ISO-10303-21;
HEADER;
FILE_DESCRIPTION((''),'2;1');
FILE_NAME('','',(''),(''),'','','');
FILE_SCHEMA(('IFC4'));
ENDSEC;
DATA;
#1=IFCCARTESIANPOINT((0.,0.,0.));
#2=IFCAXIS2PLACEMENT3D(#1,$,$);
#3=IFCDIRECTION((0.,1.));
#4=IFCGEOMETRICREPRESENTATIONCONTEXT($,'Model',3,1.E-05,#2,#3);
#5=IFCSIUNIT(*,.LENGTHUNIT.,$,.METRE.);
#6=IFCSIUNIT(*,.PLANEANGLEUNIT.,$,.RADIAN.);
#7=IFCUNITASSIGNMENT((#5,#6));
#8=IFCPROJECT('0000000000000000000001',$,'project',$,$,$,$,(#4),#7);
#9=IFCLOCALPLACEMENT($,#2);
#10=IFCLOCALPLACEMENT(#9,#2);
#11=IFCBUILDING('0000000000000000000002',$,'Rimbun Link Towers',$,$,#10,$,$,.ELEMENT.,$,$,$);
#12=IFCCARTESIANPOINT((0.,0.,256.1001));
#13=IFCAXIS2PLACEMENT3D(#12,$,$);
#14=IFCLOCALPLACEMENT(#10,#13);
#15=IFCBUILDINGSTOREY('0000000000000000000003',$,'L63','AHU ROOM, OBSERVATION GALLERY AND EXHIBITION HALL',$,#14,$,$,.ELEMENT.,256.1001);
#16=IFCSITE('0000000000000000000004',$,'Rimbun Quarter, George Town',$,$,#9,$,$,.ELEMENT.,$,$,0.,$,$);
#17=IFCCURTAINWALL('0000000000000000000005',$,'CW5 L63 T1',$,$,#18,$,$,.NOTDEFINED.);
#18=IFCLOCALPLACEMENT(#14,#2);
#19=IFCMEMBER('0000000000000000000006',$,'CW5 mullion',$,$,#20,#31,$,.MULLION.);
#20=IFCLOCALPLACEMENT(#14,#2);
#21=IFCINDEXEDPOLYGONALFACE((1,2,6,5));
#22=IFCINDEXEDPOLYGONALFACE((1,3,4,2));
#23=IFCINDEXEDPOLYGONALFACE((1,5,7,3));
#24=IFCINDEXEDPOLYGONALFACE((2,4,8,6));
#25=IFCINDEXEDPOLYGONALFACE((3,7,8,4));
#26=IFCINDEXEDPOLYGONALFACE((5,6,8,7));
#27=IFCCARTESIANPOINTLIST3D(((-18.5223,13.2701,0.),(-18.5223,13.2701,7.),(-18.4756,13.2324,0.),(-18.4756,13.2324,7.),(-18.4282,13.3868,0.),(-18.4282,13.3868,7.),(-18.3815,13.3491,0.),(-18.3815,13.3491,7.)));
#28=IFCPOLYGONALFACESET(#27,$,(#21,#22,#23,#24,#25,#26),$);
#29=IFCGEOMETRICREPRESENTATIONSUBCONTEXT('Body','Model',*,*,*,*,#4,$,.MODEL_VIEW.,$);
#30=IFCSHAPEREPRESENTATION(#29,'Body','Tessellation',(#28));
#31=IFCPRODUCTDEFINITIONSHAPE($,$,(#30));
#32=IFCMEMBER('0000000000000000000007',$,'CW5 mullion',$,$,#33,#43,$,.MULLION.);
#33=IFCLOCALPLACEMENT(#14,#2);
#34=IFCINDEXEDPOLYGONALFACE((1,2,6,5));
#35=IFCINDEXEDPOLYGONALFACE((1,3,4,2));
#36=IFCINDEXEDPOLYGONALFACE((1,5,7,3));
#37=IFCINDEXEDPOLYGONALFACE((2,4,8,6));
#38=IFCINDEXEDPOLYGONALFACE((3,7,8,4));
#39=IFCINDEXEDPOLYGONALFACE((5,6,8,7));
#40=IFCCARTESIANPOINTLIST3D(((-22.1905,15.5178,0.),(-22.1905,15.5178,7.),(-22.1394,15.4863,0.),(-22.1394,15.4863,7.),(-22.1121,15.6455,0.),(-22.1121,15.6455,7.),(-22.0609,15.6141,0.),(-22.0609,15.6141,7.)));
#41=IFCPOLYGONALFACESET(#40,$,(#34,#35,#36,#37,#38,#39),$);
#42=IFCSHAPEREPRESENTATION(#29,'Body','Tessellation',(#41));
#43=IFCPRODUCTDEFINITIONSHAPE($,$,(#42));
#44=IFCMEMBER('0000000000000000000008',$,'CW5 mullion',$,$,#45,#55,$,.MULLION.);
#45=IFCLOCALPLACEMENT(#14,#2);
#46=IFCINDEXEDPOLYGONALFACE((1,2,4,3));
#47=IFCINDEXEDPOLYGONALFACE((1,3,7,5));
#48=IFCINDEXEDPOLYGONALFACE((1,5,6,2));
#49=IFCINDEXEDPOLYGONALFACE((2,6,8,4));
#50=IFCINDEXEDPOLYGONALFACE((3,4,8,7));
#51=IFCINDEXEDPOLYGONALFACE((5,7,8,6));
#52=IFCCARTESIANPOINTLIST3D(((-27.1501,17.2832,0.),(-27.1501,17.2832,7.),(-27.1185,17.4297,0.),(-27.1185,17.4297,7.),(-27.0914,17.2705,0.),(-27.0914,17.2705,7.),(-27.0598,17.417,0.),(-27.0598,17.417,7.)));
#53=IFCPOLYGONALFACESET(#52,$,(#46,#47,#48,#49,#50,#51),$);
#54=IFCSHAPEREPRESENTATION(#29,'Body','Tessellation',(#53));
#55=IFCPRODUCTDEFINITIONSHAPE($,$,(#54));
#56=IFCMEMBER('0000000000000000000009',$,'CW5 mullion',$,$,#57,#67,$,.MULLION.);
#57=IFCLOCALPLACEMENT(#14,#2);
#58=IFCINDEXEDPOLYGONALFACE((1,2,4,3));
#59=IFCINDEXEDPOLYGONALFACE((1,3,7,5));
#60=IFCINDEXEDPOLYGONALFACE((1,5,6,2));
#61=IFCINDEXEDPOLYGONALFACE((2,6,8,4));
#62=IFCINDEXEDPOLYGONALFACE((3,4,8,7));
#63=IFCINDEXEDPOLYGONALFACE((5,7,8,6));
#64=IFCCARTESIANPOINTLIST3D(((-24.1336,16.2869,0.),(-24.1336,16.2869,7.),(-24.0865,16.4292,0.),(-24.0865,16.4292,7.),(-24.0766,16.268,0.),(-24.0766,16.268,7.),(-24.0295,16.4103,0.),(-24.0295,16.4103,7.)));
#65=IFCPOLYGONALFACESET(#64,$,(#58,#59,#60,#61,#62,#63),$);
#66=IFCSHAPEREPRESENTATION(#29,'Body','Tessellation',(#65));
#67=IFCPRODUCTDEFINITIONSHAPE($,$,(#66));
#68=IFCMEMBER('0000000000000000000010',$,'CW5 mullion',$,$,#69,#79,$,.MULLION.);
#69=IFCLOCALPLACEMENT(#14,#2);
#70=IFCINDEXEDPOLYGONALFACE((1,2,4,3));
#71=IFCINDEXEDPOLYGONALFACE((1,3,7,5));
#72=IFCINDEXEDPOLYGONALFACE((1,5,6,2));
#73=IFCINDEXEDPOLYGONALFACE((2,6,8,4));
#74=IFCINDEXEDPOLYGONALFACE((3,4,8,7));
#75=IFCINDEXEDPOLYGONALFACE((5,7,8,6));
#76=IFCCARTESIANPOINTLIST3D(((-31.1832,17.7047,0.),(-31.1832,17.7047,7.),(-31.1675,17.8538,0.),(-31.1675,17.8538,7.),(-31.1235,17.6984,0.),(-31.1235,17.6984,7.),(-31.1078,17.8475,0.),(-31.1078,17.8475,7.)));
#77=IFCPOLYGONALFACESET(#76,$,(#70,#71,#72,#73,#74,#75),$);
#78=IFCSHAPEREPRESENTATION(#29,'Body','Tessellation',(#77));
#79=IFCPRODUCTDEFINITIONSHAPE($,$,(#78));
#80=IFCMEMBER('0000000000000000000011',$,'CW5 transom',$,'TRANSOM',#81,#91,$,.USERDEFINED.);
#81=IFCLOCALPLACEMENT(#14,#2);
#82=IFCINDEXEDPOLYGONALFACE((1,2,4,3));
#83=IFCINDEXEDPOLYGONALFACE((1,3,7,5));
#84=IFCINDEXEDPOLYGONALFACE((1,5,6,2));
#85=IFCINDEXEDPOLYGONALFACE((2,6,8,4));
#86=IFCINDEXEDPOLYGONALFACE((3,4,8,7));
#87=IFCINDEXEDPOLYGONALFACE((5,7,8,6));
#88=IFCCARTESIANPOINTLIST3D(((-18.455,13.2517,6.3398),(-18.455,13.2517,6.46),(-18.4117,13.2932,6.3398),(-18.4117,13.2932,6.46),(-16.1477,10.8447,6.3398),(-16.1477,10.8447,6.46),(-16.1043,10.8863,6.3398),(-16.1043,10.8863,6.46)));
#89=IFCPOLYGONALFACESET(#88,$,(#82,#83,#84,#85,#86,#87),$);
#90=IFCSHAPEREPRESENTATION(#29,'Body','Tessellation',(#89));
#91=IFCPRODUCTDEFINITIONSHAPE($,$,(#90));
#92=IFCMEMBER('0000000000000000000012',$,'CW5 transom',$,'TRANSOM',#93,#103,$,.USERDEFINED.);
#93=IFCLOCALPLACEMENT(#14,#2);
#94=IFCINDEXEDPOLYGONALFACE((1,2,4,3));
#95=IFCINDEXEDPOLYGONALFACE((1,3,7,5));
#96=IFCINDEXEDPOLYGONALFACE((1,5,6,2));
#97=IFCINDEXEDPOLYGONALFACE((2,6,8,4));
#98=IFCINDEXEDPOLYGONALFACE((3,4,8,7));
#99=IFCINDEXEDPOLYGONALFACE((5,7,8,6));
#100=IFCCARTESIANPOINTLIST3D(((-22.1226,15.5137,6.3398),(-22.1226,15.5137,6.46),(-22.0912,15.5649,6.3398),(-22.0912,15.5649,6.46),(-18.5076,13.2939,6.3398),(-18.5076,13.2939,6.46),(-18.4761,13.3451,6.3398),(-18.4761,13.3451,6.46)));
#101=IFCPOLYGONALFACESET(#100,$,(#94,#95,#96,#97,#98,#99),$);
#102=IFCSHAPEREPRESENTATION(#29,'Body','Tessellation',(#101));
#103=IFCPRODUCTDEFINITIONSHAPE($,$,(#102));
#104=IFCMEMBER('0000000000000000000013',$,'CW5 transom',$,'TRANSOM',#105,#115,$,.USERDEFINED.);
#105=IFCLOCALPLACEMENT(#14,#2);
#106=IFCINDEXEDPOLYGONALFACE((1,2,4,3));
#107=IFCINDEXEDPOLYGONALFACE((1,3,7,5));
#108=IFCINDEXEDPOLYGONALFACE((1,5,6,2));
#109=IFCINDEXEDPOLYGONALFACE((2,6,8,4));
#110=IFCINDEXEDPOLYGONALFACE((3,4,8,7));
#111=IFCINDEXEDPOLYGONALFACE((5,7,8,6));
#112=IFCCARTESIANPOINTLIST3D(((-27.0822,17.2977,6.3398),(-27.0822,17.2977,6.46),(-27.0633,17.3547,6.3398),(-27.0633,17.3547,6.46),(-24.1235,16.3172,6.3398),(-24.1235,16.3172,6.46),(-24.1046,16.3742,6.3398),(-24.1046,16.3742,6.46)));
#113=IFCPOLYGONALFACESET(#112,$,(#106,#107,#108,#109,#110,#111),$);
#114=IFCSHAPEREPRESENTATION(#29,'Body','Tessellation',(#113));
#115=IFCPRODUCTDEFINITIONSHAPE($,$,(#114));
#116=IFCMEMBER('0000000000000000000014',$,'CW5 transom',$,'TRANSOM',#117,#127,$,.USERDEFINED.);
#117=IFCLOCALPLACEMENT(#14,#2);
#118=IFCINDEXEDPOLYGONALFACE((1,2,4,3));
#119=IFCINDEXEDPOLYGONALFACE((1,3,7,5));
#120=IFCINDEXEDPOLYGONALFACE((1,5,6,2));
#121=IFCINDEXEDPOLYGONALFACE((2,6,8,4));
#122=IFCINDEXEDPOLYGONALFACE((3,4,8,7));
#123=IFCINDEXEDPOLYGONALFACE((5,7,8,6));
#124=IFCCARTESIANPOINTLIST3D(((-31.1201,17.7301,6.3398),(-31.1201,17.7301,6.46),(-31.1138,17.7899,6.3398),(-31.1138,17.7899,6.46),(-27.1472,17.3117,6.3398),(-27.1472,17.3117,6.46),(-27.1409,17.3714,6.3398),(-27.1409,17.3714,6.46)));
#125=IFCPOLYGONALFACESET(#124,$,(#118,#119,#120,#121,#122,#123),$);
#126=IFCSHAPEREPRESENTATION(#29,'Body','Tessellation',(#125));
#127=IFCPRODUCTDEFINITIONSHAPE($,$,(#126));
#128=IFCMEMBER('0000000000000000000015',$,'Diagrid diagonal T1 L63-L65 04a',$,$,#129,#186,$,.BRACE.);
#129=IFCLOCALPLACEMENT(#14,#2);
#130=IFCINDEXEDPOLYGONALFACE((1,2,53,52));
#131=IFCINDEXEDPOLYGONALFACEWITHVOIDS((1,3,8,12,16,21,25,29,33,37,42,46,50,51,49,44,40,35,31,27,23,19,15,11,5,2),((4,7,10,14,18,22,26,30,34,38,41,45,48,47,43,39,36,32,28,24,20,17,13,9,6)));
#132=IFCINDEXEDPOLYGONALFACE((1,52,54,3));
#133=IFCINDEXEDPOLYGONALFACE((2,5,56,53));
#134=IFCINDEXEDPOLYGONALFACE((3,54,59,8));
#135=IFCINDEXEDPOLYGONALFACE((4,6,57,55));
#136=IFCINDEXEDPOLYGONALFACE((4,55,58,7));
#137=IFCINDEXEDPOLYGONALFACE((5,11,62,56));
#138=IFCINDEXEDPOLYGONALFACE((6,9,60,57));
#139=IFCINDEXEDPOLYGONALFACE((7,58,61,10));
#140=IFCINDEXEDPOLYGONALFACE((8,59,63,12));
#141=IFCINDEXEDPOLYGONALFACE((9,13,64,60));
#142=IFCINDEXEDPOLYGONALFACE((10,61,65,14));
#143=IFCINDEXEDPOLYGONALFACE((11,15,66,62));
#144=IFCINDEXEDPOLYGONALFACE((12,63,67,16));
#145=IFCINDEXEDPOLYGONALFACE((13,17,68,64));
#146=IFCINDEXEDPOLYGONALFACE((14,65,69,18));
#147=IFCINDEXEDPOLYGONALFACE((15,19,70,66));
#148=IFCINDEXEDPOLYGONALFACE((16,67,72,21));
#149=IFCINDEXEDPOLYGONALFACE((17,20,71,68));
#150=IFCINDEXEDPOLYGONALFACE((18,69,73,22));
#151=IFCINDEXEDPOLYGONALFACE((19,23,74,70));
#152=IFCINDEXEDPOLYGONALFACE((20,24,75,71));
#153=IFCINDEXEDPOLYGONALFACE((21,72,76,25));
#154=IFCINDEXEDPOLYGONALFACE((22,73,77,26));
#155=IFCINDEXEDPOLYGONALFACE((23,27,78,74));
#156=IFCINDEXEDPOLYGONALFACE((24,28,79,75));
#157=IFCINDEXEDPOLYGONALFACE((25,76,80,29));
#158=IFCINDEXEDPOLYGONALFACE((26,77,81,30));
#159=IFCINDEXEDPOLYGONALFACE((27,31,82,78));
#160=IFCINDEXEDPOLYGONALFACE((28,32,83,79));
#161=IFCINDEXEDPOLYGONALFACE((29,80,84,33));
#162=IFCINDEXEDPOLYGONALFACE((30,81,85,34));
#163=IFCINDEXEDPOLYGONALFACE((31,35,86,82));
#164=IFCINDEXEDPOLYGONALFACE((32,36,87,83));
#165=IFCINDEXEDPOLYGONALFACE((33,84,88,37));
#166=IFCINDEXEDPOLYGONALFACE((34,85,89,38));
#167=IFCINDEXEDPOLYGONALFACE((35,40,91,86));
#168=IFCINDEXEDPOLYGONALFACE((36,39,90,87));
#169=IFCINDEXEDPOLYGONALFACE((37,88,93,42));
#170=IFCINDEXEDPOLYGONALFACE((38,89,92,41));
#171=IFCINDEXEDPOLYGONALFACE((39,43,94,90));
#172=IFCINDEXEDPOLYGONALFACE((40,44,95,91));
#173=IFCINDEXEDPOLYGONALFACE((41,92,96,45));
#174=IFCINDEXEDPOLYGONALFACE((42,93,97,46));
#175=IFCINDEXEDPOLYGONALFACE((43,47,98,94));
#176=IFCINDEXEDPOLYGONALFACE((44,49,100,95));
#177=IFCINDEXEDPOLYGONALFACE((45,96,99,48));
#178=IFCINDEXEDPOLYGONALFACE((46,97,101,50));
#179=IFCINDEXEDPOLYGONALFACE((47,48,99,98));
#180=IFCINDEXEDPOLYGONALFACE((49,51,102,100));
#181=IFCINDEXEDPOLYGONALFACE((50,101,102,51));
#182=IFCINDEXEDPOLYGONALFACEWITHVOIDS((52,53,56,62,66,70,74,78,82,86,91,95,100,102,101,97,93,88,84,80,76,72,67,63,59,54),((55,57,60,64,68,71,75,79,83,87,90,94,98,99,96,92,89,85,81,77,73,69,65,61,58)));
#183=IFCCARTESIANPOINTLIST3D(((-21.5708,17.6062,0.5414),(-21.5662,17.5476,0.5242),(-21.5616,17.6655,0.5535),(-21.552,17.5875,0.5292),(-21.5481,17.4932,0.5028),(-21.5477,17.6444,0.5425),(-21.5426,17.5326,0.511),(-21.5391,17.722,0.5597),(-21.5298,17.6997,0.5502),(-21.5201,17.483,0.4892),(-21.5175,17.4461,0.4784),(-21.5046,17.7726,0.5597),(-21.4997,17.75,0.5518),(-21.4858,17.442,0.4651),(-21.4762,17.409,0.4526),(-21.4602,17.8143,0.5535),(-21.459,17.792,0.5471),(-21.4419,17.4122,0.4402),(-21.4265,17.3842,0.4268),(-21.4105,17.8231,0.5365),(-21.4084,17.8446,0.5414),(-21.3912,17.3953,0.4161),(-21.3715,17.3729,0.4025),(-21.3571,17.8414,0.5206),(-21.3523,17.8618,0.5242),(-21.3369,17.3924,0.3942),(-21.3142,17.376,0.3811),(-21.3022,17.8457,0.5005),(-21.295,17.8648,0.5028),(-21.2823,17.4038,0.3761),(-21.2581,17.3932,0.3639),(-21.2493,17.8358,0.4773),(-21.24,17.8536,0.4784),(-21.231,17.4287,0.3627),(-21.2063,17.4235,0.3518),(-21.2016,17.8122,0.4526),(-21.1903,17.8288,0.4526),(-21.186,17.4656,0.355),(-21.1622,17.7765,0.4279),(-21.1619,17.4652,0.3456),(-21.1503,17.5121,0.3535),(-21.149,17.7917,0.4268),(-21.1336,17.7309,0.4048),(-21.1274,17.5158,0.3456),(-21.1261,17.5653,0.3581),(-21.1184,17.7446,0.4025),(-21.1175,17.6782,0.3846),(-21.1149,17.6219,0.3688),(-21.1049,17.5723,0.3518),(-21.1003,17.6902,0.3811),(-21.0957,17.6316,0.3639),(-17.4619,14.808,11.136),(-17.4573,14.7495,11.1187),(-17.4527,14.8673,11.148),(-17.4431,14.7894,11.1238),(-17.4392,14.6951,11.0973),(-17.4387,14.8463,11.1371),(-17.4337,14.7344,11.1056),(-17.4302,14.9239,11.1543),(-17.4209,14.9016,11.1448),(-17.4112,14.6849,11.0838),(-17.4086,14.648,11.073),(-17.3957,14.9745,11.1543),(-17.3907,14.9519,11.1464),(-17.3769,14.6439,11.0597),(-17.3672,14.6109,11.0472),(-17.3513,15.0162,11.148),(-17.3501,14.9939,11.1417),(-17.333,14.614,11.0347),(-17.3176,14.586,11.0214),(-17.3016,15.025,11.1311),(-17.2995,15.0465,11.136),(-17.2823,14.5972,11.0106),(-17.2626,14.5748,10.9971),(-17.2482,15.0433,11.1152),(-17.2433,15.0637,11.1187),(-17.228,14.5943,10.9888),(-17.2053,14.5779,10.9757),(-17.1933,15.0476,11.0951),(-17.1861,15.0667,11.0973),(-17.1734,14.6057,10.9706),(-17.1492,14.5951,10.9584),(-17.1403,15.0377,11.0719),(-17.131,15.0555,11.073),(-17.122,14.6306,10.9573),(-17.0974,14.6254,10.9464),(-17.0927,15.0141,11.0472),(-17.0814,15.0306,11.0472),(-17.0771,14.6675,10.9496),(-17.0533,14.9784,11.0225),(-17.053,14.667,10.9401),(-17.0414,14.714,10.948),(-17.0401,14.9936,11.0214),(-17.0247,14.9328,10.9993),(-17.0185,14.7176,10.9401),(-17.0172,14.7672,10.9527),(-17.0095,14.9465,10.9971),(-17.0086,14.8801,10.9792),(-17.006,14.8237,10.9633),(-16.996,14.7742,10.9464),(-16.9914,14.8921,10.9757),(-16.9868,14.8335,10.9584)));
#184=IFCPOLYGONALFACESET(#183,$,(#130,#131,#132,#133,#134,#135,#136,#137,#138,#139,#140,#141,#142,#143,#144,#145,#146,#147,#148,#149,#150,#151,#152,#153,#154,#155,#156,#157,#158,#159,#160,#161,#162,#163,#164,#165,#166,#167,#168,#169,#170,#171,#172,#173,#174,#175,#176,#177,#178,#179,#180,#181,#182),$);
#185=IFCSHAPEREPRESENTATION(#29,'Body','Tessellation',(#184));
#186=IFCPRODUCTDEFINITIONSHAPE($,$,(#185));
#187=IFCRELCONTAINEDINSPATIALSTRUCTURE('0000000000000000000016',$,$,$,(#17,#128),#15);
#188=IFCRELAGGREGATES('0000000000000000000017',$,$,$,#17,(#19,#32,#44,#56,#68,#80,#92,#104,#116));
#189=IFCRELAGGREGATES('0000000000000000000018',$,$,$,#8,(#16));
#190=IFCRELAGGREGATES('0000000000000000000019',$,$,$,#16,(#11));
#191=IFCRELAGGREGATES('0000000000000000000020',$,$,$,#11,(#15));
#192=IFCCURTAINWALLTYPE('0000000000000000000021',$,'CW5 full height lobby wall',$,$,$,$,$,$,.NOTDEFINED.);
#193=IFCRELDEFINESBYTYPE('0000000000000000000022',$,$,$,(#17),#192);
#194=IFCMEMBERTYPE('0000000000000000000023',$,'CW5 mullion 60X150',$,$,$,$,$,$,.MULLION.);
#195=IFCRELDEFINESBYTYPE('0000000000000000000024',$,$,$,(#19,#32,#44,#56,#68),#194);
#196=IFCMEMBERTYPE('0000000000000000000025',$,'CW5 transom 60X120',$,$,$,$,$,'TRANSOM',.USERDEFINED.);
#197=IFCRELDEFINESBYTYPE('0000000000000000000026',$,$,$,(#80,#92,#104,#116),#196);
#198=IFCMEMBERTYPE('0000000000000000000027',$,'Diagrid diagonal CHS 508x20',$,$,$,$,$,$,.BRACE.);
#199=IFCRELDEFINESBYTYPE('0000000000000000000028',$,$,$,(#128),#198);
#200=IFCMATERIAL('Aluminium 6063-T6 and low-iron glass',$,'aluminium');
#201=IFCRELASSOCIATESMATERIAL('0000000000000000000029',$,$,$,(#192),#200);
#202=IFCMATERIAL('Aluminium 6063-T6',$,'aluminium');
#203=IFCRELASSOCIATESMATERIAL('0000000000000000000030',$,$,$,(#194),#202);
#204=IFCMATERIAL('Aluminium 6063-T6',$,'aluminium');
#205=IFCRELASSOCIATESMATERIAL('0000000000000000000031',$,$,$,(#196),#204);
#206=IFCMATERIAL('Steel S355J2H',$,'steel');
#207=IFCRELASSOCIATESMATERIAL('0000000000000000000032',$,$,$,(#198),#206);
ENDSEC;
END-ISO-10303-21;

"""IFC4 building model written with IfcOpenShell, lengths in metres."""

from ifc_helpers import new_model, si_unit, direction, frame, origin, origin_2d, place, context, subcontext, project, spatial, rectangle, hollow_circle, extrude, material, material_profile, profile_set, type_object, element, aggregate, save


model = new_model("IFC4")

# Units and contexts
model_context = context("Model", 3, precision=1e-05, world=origin(), true_north=direction((0.0, 1.0)))
body_context = subcontext(model_context, "Body", "Model", "MODEL_VIEW")
ifc_project = project(units=[si_unit("LENGTHUNIT", "METRE"), si_unit("PLANEANGLEUNIT", "RADIAN")], contexts=[model_context])

# Site, building, storey
site_placement = place(None, origin())
site = spatial("IfcSite", under=ifc_project, at=site_placement, Name="Rimbun Quarter, George Town", CompositionType="ELEMENT", RefElevation=0.0)
building_placement = place(site_placement, origin())
building = spatial("IfcBuilding", under=site, at=building_placement, Name="Rimbun Link Towers", CompositionType="ELEMENT")
storey_placement = place(building_placement, frame((0.0, 0.0, 256.1001)))
storey = spatial("IfcBuildingStorey", under=building, at=storey_placement, Name="L63", Description="AHU ROOM, OBSERVATION GALLERY AND EXHIBITION HALL", CompositionType="ELEMENT", Elevation=256.1001)

# Curtain wall, members
ifc_material_1 = material(Name="Aluminium 6063-T6 and low-iron glass", Category="aluminium")
curtain_wall_type = type_object("IfcCurtainWallType", Name="CW5 full height lobby wall", PredefinedType="NOTDEFINED", material=ifc_material_1)
curtain_wall_placement = place(storey_placement, origin())
curtain_wall = element("IfcCurtainWall", 1, at=curtain_wall_placement, inside=storey, type_object=curtain_wall_type, Name="CW5 L63 T1", PredefinedType="NOTDEFINED")
ifc_material_2 = material(Name="Aluminium 6063-T6", Category="aluminium")
ifc_material_profile_1 = material_profile(ifc_material_2, rectangle(XDim=0.1499, YDim=0.0601, at=origin_2d()), Name="MULLION 60X150")
ifc_profile_set_1 = profile_set([ifc_material_profile_1], Name="Aluminium 6063-T6")
member_type_1 = type_object("IfcMemberType", Name="CW5 mullion 60X150", PredefinedType="MULLION", material=ifc_profile_set_1)
member_1_placement = place(storey_placement, frame((-18.4519, 13.3096, 0.0), z_axis=(0.0, 0.0, 1.0), x_axis=(0.627674, 0.778476, 0.0)))
member_1 = element("IfcMember", 2, at=member_1_placement, type_object=member_type_1, Name="CW5 mullion", PredefinedType="MULLION", context=body_context, shape_type="SweptSolid", body=[
    extrude(rectangle(XDim=0.1499, YDim=0.0601, at=origin_2d()), origin(), (0.0, 0.0, 1.0), 7.0),
])
member_2_placement = place(storey_placement, frame((-22.1257, 15.5659, 0.0), z_axis=(0.0, 0.0, 1.0), x_axis=(0.523246, 0.852182, 0.0)))
member_2 = element("IfcMember", 3, at=member_2_placement, type_object=member_type_1, Name="CW5 mullion", PredefinedType="MULLION", context=body_context, shape_type="SweptSolid", body=[
    extrude(rectangle(XDim=0.1499, YDim=0.0601, at=origin_2d()), origin(), (0.0, 0.0, 1.0), 7.0),
])
member_3_placement = place(storey_placement, frame((-27.105, 17.3501, 0.0), z_axis=(0.0, 0.0, 1.0), x_axis=(0.210861, 0.977516, 0.0)))
member_3 = element("IfcMember", 4, at=member_3_placement, type_object=member_type_1, Name="CW5 mullion", PredefinedType="MULLION", context=body_context, shape_type="SweptSolid", body=[
    extrude(rectangle(XDim=0.1499, YDim=0.0601, at=origin_2d()), origin(), (0.0, 0.0, 1.0), 7.0),
])
member_4_placement = place(storey_placement, frame((-24.0815, 16.3486, 0.0), z_axis=(0.0, 0.0, 1.0), x_axis=(0.314558, 0.949238, 0.0)))
member_4 = element("IfcMember", 5, at=member_4_placement, type_object=member_type_1, Name="CW5 mullion", PredefinedType="MULLION", context=body_context, shape_type="SweptSolid", body=[
    extrude(rectangle(XDim=0.1499, YDim=0.0601, at=origin_2d()), origin(), (0.0, 0.0, 1.0), 7.0),
])
member_5_placement = place(storey_placement, frame((-31.1455, 17.7761, 0.0), z_axis=(0.0, 0.0, 1.0), x_axis=(0.104728, 0.994501, 0.0)))
member_5 = element("IfcMember", 6, at=member_5_placement, type_object=member_type_1, Name="CW5 mullion", PredefinedType="MULLION", context=body_context, shape_type="SweptSolid", body=[
    extrude(rectangle(XDim=0.1499, YDim=0.0601, at=origin_2d()), origin(), (0.0, 0.0, 1.0), 7.0),
])
ifc_material_3 = material(Name="Aluminium 6063-T6", Category="aluminium")
ifc_material_profile_2 = material_profile(ifc_material_3, rectangle(XDim=0.0601, YDim=0.1201, at=origin_2d()), Name="TRANSOM 60X120")
ifc_profile_set_2 = profile_set([ifc_material_profile_2], Name="Aluminium 6063-T6")
member_type_2 = type_object("IfcMemberType", Name="CW5 transom 60X120", ElementType="TRANSOM", PredefinedType="USERDEFINED", material=ifc_profile_set_2)
member_6_placement = place(storey_placement, frame((-18.4333, 13.2725, 6.3999), z_axis=(0.692012, -0.721886, 0.0), x_axis=(0.721886, 0.692012, 0.0)))
member_6 = element("IfcMember", 7, at=member_6_placement, type_object=member_type_2, Name="CW5 transom", ObjectType="TRANSOM", PredefinedType="USERDEFINED", context=body_context, shape_type="SweptSolid", body=[
    extrude(rectangle(XDim=0.0601, YDim=0.1201, at=origin_2d()), origin(), (0.0, 0.0, 1.0), 3.3342),
])
member_7_placement = place(storey_placement, frame((-22.1069, 15.5393, 6.3999), z_axis=(0.852172, -0.523262, 0.0), x_axis=(0.523262, 0.852172, 0.0)))
member_7 = element("IfcMember", 8, at=member_7_placement, type_object=member_type_2, Name="CW5 transom", ObjectType="TRANSOM", PredefinedType="USERDEFINED", context=body_context, shape_type="SweptSolid", body=[
    extrude(rectangle(XDim=0.0601, YDim=0.1201, at=origin_2d()), origin(), (0.0, 0.0, 1.0), 4.2422),
])
member_8_placement = place(storey_placement, frame((-27.0728, 17.3262, 6.3999), z_axis=(0.949238, -0.314559, 0.0), x_axis=(0.314559, 0.949238, 0.0)))
member_8 = element("IfcMember", 9, at=member_8_placement, type_object=member_type_2, Name="CW5 transom", ObjectType="TRANSOM", PredefinedType="USERDEFINED", context=body_context, shape_type="SweptSolid", body=[
    extrude(rectangle(XDim=0.0601, YDim=0.1201, at=origin_2d()), origin(), (0.0, 0.0, 1.0), 3.1169),
])
member_9_placement = place(storey_placement, frame((-31.1169, 17.76, 6.3999), z_axis=(0.994499, -0.104748, 0.0), x_axis=(0.104748, 0.994499, 0.0)))
member_9 = element("IfcMember", 10, at=member_9_placement, type_object=member_type_2, Name="CW5 transom", ObjectType="TRANSOM", PredefinedType="USERDEFINED", context=body_context, shape_type="SweptSolid", body=[
    extrude(rectangle(XDim=0.0601, YDim=0.1201, at=origin_2d()), origin(), (0.0, 0.0, 1.0), 3.9949),
])

# Member
ifc_material_4 = material(Name="Steel S355J2H", Category="steel")
ifc_material_profile_3 = material_profile(ifc_material_4, hollow_circle(Radius=0.2539, WallThickness=0.02, at=origin_2d()), Name="Diagrid diagonal CHS 508x20")
ifc_profile_set_3 = profile_set([ifc_material_profile_3], Name="Steel S355J2H")
member_type_3 = type_object("IfcMemberType", Name="Diagrid diagonal CHS 508x20", PredefinedType="BRACE", material=ifc_profile_set_3)
member_10_placement = place(storey_placement, frame((-21.3333, 17.6189, 0.4526), z_axis=(0.351103, -0.239096, 0.905295), x_axis=(0.562867, 0.826547, 0.0)))
element("IfcMember", 11, at=member_10_placement, inside=storey, type_object=member_type_3, Name="Diagrid diagonal T1 L63-L65 04a", PredefinedType="BRACE", context=body_context, shape_type="SweptSolid", body=[
    extrude(hollow_circle(Radius=0.2539, WallThickness=0.02, at=origin_2d()), origin(), (0.0, 0.0, 1.0), 11.7029),
])

aggregate(curtain_wall, [member_1, member_2, member_3, member_4, member_5, member_6, member_7, member_8, member_9])

save(model, "model.ifc")
